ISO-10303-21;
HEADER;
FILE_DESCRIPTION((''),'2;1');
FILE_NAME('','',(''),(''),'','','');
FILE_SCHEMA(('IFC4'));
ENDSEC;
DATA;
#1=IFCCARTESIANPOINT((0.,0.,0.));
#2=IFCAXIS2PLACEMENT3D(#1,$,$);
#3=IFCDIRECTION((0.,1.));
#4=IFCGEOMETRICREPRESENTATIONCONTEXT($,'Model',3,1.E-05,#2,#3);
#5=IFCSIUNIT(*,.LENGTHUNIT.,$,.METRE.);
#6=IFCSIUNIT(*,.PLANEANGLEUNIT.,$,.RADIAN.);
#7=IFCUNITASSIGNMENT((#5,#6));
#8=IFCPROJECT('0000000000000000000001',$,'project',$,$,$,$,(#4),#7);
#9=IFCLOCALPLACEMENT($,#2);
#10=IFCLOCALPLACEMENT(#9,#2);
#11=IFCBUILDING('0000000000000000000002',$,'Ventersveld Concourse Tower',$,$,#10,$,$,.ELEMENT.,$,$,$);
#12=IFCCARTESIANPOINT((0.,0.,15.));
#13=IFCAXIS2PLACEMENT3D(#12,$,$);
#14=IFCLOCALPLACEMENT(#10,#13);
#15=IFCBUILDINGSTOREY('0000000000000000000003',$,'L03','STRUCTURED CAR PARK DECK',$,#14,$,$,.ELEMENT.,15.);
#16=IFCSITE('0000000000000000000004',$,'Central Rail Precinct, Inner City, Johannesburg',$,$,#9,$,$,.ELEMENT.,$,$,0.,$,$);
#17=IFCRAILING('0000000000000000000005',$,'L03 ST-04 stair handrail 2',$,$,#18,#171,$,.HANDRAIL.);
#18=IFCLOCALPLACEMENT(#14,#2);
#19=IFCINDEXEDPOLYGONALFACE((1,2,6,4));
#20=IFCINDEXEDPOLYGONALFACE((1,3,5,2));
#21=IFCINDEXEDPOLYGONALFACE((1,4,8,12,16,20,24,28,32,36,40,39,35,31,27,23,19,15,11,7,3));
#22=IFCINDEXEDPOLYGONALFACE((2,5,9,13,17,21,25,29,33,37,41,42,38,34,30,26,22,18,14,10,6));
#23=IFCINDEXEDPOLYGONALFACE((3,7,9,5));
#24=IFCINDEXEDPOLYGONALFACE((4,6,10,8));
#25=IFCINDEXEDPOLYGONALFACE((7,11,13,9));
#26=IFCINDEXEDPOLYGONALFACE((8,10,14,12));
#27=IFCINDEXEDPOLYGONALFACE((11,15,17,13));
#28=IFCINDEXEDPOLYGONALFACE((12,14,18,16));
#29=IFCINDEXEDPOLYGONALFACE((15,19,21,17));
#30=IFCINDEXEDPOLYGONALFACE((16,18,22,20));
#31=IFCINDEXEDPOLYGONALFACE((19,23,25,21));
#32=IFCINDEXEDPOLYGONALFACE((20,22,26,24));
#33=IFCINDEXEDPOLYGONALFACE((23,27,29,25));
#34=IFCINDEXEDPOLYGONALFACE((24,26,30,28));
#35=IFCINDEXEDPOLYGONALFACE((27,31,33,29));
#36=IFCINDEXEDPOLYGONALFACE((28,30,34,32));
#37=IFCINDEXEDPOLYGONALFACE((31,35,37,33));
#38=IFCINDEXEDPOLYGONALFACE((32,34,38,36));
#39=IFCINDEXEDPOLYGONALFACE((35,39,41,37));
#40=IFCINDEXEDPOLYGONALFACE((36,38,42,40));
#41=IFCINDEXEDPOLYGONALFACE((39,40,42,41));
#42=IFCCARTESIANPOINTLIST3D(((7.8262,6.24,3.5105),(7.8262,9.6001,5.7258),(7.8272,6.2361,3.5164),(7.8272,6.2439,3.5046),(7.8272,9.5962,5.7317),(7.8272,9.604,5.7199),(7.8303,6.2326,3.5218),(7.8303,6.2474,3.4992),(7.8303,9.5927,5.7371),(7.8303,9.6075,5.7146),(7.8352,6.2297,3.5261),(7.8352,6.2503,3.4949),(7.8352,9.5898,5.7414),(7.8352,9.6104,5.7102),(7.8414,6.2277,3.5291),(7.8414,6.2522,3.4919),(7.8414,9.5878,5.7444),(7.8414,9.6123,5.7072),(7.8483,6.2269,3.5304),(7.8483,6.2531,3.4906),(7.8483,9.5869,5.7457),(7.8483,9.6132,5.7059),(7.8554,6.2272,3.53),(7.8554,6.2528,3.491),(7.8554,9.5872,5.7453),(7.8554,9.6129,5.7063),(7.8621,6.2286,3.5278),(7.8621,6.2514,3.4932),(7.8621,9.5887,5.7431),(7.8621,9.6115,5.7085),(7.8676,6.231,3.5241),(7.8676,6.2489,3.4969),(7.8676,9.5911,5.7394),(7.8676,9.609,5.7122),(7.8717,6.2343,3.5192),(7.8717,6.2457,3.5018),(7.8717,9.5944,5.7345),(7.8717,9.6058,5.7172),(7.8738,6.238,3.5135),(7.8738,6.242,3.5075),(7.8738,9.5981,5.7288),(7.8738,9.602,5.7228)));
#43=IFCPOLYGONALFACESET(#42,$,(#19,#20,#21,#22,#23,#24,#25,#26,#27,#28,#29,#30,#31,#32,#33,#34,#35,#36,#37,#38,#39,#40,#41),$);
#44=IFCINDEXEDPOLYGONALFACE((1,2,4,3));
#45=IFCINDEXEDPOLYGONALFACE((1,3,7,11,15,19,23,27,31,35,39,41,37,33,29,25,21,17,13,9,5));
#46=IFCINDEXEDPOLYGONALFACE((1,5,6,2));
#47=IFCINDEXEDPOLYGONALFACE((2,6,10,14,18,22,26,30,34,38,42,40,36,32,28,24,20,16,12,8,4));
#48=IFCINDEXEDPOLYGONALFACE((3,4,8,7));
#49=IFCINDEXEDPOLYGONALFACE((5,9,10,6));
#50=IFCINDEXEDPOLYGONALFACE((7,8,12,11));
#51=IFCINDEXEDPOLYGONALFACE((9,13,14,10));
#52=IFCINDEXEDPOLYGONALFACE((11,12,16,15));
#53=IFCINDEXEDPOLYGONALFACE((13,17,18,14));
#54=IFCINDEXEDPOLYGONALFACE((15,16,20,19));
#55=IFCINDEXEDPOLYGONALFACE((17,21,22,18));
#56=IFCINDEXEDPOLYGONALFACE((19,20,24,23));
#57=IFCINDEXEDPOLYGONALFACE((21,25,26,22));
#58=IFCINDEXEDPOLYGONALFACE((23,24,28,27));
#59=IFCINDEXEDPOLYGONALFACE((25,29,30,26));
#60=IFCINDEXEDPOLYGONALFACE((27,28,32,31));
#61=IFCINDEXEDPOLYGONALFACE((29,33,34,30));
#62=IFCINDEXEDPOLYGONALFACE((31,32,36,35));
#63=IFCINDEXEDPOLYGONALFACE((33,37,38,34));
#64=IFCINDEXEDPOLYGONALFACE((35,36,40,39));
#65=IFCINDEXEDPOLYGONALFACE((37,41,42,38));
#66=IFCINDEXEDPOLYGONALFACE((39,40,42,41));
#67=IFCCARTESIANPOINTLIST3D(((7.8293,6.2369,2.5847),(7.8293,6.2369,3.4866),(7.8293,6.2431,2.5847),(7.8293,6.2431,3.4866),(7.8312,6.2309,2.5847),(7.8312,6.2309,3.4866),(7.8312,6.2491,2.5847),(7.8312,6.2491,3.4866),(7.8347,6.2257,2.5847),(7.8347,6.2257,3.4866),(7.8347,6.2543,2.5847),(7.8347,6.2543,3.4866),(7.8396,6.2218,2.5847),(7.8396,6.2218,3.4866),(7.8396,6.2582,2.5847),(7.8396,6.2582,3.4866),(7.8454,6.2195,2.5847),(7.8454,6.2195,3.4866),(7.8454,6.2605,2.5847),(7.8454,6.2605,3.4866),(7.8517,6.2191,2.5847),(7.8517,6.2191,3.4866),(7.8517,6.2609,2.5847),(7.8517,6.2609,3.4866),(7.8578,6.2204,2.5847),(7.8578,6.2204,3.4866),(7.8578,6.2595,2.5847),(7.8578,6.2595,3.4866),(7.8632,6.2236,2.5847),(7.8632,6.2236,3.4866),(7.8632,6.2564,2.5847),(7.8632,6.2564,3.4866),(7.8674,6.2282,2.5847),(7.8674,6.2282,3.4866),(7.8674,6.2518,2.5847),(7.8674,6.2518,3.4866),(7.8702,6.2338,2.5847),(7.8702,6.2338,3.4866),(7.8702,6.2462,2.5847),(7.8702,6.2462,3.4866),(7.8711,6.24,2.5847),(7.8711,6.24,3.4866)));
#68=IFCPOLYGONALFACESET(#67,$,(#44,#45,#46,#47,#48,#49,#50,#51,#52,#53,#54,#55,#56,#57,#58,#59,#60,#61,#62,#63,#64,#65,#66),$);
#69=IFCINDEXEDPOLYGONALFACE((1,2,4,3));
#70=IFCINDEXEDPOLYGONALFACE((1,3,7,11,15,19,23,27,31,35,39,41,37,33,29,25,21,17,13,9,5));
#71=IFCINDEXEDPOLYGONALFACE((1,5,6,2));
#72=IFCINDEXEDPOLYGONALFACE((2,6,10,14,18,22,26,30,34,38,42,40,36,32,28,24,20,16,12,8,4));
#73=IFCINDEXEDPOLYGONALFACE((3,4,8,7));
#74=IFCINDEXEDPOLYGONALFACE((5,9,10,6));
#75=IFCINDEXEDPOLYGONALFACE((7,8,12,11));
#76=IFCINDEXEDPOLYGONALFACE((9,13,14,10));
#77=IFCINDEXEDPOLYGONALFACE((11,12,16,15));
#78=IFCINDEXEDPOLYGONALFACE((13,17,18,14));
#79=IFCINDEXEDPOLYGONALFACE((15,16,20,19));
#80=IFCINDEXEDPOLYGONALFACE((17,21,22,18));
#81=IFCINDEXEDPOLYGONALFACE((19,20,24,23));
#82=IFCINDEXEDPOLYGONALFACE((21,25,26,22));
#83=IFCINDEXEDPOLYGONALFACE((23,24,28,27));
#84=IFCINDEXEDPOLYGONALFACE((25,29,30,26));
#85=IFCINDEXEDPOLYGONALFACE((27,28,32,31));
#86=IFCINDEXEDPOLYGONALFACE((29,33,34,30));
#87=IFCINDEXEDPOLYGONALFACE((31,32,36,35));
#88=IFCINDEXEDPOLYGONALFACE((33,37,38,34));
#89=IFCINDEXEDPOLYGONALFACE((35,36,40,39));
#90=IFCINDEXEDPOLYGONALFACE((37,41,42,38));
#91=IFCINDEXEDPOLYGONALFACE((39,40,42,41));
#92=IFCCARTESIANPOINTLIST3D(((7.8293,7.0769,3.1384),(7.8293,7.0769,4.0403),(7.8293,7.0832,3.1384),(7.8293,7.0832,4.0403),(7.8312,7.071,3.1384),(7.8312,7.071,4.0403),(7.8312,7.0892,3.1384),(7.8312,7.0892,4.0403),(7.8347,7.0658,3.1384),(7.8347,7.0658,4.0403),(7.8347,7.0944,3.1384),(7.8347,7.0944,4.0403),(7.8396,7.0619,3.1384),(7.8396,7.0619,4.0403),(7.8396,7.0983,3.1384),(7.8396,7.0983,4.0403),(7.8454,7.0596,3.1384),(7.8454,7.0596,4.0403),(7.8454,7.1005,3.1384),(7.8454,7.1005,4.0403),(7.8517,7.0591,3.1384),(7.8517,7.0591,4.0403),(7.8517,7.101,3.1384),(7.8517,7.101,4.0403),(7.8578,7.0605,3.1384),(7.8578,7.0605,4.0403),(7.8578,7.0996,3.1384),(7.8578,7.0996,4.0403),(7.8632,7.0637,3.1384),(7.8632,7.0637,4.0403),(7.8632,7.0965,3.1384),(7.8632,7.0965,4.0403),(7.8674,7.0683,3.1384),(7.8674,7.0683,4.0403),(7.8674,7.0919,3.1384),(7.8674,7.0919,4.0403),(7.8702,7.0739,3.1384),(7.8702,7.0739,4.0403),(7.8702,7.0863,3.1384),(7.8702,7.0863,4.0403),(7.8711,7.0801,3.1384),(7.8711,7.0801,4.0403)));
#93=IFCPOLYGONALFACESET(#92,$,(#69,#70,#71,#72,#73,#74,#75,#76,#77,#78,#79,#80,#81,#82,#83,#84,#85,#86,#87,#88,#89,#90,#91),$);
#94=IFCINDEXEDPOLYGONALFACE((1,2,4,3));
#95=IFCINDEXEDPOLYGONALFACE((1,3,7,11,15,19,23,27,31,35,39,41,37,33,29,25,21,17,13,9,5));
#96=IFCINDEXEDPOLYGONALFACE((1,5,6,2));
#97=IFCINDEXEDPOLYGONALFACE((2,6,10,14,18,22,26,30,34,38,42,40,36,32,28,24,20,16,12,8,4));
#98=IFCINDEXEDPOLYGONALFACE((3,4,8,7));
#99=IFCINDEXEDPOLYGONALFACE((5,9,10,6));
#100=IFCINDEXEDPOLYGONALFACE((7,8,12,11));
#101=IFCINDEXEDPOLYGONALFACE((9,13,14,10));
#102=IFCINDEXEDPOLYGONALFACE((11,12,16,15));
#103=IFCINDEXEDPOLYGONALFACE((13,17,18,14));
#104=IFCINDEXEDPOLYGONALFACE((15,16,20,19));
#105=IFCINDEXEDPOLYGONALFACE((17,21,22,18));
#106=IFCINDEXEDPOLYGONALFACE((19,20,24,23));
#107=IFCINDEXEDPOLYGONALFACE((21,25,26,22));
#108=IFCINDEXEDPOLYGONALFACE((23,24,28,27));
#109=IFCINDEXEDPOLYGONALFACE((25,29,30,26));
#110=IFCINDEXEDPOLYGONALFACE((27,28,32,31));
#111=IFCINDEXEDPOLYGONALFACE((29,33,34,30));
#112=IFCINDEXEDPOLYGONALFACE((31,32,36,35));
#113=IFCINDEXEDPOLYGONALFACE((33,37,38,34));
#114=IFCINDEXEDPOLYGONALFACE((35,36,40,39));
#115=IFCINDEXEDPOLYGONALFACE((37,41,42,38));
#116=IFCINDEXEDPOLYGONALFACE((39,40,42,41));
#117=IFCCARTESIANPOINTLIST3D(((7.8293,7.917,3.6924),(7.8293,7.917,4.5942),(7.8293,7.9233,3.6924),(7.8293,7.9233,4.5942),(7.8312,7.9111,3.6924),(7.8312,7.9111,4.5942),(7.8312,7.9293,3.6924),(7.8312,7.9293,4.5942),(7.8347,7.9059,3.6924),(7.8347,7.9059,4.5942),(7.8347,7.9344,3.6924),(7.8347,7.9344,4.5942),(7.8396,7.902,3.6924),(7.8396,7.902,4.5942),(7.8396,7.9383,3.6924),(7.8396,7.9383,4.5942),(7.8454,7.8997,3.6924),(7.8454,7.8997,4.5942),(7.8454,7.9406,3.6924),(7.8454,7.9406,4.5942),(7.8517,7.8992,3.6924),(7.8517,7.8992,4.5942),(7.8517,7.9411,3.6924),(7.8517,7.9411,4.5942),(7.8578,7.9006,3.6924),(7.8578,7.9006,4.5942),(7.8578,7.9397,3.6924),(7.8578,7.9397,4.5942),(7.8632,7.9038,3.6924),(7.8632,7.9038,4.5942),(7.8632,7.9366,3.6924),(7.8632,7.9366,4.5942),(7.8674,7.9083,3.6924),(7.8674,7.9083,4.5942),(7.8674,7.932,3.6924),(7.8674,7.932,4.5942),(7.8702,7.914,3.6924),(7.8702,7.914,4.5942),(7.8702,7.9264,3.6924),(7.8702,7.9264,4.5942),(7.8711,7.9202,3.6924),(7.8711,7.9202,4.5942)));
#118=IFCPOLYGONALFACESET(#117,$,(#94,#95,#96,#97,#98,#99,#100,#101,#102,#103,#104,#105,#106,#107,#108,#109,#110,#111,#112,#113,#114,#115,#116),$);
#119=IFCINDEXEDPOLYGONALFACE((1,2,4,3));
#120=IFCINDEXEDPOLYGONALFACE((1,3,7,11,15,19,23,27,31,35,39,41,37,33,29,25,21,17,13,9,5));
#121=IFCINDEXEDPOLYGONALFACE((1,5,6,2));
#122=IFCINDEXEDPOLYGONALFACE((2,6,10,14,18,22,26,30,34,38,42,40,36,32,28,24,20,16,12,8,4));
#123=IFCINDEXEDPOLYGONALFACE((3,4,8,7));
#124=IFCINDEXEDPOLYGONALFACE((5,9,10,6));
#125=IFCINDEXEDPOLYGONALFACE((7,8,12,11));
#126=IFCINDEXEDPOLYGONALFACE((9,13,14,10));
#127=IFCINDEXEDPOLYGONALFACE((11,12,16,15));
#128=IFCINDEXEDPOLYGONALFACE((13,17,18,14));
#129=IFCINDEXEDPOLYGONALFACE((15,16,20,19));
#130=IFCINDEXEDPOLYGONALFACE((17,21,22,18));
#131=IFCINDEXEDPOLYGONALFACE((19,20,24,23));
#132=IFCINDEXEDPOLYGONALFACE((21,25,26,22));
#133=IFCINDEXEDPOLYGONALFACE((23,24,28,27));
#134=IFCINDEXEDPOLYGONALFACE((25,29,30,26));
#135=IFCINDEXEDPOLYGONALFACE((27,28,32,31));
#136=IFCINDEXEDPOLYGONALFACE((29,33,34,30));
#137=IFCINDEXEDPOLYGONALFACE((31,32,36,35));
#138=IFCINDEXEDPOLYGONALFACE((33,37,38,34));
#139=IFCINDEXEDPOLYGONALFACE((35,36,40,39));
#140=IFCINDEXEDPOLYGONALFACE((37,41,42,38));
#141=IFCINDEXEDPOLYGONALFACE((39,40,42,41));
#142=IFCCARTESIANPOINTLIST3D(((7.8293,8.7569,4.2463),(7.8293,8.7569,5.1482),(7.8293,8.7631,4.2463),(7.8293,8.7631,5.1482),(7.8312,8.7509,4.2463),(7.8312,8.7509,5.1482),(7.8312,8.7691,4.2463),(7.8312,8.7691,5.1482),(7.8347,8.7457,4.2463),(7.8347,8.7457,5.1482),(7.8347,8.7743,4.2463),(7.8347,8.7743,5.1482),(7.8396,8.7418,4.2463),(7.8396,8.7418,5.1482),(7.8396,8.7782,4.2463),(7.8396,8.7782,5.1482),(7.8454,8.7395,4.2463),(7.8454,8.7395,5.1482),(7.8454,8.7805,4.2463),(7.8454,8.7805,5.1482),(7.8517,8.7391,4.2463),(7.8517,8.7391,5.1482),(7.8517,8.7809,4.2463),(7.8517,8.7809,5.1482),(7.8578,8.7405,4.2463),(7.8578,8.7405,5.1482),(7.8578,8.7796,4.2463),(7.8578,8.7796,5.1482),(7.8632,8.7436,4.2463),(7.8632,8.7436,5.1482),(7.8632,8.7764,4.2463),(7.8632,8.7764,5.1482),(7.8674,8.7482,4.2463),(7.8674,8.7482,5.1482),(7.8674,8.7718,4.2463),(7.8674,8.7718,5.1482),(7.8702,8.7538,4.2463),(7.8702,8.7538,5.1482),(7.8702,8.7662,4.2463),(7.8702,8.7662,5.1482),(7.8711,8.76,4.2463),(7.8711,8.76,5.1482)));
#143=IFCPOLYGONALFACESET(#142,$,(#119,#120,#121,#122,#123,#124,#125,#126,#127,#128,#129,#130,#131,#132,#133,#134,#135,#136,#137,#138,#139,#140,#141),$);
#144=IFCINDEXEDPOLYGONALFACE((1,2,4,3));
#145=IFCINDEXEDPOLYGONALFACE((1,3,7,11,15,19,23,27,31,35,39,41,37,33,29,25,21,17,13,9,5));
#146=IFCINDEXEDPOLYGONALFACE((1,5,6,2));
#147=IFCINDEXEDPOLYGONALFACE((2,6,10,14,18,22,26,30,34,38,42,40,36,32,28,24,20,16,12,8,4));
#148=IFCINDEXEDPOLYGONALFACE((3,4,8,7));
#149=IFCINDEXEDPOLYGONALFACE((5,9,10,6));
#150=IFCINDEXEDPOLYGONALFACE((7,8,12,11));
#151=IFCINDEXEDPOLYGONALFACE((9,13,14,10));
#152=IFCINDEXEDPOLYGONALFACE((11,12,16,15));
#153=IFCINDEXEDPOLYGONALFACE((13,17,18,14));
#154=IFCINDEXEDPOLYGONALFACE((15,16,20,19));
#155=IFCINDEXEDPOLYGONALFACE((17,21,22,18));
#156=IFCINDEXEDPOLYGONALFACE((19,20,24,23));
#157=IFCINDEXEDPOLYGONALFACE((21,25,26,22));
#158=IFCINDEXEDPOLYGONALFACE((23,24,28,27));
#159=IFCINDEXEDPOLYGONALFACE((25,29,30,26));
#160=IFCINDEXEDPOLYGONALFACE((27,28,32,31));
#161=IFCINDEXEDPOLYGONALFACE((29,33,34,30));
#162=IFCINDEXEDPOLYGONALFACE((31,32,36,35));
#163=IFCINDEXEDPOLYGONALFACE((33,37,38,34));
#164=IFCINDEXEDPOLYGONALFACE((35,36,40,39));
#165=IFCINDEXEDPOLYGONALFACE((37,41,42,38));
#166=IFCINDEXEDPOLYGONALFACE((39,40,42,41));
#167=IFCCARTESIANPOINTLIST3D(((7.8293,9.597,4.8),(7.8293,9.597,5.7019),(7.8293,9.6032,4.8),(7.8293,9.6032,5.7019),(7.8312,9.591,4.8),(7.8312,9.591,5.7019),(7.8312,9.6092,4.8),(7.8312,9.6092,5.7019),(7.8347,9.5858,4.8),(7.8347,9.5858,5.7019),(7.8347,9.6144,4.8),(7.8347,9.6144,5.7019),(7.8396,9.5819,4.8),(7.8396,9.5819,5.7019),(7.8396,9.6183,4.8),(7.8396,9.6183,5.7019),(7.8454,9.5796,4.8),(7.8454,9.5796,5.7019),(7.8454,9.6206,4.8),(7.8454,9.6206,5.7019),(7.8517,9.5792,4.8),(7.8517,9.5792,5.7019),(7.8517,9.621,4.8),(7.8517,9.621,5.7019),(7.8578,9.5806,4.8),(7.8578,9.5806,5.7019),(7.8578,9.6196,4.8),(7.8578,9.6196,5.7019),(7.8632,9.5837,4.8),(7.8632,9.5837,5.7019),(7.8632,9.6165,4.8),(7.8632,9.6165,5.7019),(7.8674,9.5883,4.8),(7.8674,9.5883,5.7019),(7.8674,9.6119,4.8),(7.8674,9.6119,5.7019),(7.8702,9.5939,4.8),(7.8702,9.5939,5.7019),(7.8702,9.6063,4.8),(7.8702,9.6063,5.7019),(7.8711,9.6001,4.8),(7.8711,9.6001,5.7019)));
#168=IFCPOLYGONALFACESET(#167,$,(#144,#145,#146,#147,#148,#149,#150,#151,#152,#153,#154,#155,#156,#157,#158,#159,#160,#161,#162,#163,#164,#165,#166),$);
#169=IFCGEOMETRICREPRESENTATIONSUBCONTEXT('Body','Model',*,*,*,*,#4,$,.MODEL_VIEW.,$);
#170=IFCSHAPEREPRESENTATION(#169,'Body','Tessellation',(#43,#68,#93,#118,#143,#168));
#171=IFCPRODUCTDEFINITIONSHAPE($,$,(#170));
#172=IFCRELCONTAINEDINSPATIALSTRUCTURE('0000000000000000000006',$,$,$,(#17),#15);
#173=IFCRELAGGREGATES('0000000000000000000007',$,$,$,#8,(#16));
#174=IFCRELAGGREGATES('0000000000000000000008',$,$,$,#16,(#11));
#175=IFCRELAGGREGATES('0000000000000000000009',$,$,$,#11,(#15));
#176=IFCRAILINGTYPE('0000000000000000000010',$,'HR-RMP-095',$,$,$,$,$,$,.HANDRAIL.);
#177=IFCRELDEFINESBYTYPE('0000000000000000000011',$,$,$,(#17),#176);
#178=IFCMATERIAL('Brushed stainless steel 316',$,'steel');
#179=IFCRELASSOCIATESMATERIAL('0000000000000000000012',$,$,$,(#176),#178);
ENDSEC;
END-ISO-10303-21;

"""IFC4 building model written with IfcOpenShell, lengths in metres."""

from ifc_helpers import new_model, si_unit, direction, frame, origin, origin_2d, place, context, subcontext, project, spatial, circle, extrude, material, type_object, element, save


model = new_model("IFC4")

# Units and contexts
model_context = context("Model", 3, precision=1e-05, world=origin(), true_north=direction((0.0, 1.0)))
body_context = subcontext(model_context, "Body", "Model", "MODEL_VIEW")
ifc_project = project(units=[si_unit("LENGTHUNIT", "METRE"), si_unit("PLANEANGLEUNIT", "RADIAN")], contexts=[model_context])

# Site, building, storey
site_placement = place(None, origin())
site = spatial("IfcSite", under=ifc_project, at=site_placement, Name="Central Rail Precinct, Inner City, Johannesburg", CompositionType="ELEMENT", RefElevation=0.0)
building_placement = place(site_placement, origin())
building = spatial("IfcBuilding", under=site, at=building_placement, Name="Ventersveld Concourse Tower", CompositionType="ELEMENT")
storey_placement = place(building_placement, frame((0.0, 0.0, 15.0)))
storey = spatial("IfcBuildingStorey", under=building, at=storey_placement, Name="L03", Description="STRUCTURED CAR PARK DECK", CompositionType="ELEMENT", Elevation=15.0)

# Shared definitions
ifc_material_1 = material(Name="Brushed stainless steel 316", Category="steel")

# Railing
railing_type_1 = type_object("IfcRailingType", Name="HR-RMP-095", PredefinedType="HANDRAIL", material=ifc_material_1)
railing_1_placement = place(storey_placement, frame((7.8501, 6.24, 2.5847)))
element("IfcRailing", 1, at=railing_1_placement, inside=storey, type_object=railing_type_1, Name="L03 ST-04 stair handrail 2", PredefinedType="HANDRAIL", context=body_context, shape_type="SweptSolid", body=[
    extrude(circle(Radius=0.0239, at=origin_2d()), frame((0.0, 0.0, 0.9258), z_axis=(0.0, 0.834876, 0.550437), x_axis=(-1.0, 0.0, 0.0)), (0.0, 0.0, 1.0), 4.0247),
    extrude(circle(Radius=0.021, at=origin_2d()), origin(), (0.0, 0.0, 1.0), 0.9019),
    extrude(circle(Radius=0.021, at=origin_2d()), frame((0.0, 0.8401, 0.5537)), (0.0, 0.0, 1.0), 0.9019),
    extrude(circle(Radius=0.021, at=origin_2d()), frame((0.0, 1.6802, 1.1077)), (0.0, 0.0, 1.0), 0.9019),
    extrude(circle(Radius=0.021, at=origin_2d()), frame((0.0, 2.52, 1.6616)), (0.0, 0.0, 1.0), 0.9019),
    extrude(circle(Radius=0.021, at=origin_2d()), frame((0.0, 3.3601, 2.2153)), (0.0, 0.0, 1.0), 0.9019),
])

save(model, "model.ifc")
